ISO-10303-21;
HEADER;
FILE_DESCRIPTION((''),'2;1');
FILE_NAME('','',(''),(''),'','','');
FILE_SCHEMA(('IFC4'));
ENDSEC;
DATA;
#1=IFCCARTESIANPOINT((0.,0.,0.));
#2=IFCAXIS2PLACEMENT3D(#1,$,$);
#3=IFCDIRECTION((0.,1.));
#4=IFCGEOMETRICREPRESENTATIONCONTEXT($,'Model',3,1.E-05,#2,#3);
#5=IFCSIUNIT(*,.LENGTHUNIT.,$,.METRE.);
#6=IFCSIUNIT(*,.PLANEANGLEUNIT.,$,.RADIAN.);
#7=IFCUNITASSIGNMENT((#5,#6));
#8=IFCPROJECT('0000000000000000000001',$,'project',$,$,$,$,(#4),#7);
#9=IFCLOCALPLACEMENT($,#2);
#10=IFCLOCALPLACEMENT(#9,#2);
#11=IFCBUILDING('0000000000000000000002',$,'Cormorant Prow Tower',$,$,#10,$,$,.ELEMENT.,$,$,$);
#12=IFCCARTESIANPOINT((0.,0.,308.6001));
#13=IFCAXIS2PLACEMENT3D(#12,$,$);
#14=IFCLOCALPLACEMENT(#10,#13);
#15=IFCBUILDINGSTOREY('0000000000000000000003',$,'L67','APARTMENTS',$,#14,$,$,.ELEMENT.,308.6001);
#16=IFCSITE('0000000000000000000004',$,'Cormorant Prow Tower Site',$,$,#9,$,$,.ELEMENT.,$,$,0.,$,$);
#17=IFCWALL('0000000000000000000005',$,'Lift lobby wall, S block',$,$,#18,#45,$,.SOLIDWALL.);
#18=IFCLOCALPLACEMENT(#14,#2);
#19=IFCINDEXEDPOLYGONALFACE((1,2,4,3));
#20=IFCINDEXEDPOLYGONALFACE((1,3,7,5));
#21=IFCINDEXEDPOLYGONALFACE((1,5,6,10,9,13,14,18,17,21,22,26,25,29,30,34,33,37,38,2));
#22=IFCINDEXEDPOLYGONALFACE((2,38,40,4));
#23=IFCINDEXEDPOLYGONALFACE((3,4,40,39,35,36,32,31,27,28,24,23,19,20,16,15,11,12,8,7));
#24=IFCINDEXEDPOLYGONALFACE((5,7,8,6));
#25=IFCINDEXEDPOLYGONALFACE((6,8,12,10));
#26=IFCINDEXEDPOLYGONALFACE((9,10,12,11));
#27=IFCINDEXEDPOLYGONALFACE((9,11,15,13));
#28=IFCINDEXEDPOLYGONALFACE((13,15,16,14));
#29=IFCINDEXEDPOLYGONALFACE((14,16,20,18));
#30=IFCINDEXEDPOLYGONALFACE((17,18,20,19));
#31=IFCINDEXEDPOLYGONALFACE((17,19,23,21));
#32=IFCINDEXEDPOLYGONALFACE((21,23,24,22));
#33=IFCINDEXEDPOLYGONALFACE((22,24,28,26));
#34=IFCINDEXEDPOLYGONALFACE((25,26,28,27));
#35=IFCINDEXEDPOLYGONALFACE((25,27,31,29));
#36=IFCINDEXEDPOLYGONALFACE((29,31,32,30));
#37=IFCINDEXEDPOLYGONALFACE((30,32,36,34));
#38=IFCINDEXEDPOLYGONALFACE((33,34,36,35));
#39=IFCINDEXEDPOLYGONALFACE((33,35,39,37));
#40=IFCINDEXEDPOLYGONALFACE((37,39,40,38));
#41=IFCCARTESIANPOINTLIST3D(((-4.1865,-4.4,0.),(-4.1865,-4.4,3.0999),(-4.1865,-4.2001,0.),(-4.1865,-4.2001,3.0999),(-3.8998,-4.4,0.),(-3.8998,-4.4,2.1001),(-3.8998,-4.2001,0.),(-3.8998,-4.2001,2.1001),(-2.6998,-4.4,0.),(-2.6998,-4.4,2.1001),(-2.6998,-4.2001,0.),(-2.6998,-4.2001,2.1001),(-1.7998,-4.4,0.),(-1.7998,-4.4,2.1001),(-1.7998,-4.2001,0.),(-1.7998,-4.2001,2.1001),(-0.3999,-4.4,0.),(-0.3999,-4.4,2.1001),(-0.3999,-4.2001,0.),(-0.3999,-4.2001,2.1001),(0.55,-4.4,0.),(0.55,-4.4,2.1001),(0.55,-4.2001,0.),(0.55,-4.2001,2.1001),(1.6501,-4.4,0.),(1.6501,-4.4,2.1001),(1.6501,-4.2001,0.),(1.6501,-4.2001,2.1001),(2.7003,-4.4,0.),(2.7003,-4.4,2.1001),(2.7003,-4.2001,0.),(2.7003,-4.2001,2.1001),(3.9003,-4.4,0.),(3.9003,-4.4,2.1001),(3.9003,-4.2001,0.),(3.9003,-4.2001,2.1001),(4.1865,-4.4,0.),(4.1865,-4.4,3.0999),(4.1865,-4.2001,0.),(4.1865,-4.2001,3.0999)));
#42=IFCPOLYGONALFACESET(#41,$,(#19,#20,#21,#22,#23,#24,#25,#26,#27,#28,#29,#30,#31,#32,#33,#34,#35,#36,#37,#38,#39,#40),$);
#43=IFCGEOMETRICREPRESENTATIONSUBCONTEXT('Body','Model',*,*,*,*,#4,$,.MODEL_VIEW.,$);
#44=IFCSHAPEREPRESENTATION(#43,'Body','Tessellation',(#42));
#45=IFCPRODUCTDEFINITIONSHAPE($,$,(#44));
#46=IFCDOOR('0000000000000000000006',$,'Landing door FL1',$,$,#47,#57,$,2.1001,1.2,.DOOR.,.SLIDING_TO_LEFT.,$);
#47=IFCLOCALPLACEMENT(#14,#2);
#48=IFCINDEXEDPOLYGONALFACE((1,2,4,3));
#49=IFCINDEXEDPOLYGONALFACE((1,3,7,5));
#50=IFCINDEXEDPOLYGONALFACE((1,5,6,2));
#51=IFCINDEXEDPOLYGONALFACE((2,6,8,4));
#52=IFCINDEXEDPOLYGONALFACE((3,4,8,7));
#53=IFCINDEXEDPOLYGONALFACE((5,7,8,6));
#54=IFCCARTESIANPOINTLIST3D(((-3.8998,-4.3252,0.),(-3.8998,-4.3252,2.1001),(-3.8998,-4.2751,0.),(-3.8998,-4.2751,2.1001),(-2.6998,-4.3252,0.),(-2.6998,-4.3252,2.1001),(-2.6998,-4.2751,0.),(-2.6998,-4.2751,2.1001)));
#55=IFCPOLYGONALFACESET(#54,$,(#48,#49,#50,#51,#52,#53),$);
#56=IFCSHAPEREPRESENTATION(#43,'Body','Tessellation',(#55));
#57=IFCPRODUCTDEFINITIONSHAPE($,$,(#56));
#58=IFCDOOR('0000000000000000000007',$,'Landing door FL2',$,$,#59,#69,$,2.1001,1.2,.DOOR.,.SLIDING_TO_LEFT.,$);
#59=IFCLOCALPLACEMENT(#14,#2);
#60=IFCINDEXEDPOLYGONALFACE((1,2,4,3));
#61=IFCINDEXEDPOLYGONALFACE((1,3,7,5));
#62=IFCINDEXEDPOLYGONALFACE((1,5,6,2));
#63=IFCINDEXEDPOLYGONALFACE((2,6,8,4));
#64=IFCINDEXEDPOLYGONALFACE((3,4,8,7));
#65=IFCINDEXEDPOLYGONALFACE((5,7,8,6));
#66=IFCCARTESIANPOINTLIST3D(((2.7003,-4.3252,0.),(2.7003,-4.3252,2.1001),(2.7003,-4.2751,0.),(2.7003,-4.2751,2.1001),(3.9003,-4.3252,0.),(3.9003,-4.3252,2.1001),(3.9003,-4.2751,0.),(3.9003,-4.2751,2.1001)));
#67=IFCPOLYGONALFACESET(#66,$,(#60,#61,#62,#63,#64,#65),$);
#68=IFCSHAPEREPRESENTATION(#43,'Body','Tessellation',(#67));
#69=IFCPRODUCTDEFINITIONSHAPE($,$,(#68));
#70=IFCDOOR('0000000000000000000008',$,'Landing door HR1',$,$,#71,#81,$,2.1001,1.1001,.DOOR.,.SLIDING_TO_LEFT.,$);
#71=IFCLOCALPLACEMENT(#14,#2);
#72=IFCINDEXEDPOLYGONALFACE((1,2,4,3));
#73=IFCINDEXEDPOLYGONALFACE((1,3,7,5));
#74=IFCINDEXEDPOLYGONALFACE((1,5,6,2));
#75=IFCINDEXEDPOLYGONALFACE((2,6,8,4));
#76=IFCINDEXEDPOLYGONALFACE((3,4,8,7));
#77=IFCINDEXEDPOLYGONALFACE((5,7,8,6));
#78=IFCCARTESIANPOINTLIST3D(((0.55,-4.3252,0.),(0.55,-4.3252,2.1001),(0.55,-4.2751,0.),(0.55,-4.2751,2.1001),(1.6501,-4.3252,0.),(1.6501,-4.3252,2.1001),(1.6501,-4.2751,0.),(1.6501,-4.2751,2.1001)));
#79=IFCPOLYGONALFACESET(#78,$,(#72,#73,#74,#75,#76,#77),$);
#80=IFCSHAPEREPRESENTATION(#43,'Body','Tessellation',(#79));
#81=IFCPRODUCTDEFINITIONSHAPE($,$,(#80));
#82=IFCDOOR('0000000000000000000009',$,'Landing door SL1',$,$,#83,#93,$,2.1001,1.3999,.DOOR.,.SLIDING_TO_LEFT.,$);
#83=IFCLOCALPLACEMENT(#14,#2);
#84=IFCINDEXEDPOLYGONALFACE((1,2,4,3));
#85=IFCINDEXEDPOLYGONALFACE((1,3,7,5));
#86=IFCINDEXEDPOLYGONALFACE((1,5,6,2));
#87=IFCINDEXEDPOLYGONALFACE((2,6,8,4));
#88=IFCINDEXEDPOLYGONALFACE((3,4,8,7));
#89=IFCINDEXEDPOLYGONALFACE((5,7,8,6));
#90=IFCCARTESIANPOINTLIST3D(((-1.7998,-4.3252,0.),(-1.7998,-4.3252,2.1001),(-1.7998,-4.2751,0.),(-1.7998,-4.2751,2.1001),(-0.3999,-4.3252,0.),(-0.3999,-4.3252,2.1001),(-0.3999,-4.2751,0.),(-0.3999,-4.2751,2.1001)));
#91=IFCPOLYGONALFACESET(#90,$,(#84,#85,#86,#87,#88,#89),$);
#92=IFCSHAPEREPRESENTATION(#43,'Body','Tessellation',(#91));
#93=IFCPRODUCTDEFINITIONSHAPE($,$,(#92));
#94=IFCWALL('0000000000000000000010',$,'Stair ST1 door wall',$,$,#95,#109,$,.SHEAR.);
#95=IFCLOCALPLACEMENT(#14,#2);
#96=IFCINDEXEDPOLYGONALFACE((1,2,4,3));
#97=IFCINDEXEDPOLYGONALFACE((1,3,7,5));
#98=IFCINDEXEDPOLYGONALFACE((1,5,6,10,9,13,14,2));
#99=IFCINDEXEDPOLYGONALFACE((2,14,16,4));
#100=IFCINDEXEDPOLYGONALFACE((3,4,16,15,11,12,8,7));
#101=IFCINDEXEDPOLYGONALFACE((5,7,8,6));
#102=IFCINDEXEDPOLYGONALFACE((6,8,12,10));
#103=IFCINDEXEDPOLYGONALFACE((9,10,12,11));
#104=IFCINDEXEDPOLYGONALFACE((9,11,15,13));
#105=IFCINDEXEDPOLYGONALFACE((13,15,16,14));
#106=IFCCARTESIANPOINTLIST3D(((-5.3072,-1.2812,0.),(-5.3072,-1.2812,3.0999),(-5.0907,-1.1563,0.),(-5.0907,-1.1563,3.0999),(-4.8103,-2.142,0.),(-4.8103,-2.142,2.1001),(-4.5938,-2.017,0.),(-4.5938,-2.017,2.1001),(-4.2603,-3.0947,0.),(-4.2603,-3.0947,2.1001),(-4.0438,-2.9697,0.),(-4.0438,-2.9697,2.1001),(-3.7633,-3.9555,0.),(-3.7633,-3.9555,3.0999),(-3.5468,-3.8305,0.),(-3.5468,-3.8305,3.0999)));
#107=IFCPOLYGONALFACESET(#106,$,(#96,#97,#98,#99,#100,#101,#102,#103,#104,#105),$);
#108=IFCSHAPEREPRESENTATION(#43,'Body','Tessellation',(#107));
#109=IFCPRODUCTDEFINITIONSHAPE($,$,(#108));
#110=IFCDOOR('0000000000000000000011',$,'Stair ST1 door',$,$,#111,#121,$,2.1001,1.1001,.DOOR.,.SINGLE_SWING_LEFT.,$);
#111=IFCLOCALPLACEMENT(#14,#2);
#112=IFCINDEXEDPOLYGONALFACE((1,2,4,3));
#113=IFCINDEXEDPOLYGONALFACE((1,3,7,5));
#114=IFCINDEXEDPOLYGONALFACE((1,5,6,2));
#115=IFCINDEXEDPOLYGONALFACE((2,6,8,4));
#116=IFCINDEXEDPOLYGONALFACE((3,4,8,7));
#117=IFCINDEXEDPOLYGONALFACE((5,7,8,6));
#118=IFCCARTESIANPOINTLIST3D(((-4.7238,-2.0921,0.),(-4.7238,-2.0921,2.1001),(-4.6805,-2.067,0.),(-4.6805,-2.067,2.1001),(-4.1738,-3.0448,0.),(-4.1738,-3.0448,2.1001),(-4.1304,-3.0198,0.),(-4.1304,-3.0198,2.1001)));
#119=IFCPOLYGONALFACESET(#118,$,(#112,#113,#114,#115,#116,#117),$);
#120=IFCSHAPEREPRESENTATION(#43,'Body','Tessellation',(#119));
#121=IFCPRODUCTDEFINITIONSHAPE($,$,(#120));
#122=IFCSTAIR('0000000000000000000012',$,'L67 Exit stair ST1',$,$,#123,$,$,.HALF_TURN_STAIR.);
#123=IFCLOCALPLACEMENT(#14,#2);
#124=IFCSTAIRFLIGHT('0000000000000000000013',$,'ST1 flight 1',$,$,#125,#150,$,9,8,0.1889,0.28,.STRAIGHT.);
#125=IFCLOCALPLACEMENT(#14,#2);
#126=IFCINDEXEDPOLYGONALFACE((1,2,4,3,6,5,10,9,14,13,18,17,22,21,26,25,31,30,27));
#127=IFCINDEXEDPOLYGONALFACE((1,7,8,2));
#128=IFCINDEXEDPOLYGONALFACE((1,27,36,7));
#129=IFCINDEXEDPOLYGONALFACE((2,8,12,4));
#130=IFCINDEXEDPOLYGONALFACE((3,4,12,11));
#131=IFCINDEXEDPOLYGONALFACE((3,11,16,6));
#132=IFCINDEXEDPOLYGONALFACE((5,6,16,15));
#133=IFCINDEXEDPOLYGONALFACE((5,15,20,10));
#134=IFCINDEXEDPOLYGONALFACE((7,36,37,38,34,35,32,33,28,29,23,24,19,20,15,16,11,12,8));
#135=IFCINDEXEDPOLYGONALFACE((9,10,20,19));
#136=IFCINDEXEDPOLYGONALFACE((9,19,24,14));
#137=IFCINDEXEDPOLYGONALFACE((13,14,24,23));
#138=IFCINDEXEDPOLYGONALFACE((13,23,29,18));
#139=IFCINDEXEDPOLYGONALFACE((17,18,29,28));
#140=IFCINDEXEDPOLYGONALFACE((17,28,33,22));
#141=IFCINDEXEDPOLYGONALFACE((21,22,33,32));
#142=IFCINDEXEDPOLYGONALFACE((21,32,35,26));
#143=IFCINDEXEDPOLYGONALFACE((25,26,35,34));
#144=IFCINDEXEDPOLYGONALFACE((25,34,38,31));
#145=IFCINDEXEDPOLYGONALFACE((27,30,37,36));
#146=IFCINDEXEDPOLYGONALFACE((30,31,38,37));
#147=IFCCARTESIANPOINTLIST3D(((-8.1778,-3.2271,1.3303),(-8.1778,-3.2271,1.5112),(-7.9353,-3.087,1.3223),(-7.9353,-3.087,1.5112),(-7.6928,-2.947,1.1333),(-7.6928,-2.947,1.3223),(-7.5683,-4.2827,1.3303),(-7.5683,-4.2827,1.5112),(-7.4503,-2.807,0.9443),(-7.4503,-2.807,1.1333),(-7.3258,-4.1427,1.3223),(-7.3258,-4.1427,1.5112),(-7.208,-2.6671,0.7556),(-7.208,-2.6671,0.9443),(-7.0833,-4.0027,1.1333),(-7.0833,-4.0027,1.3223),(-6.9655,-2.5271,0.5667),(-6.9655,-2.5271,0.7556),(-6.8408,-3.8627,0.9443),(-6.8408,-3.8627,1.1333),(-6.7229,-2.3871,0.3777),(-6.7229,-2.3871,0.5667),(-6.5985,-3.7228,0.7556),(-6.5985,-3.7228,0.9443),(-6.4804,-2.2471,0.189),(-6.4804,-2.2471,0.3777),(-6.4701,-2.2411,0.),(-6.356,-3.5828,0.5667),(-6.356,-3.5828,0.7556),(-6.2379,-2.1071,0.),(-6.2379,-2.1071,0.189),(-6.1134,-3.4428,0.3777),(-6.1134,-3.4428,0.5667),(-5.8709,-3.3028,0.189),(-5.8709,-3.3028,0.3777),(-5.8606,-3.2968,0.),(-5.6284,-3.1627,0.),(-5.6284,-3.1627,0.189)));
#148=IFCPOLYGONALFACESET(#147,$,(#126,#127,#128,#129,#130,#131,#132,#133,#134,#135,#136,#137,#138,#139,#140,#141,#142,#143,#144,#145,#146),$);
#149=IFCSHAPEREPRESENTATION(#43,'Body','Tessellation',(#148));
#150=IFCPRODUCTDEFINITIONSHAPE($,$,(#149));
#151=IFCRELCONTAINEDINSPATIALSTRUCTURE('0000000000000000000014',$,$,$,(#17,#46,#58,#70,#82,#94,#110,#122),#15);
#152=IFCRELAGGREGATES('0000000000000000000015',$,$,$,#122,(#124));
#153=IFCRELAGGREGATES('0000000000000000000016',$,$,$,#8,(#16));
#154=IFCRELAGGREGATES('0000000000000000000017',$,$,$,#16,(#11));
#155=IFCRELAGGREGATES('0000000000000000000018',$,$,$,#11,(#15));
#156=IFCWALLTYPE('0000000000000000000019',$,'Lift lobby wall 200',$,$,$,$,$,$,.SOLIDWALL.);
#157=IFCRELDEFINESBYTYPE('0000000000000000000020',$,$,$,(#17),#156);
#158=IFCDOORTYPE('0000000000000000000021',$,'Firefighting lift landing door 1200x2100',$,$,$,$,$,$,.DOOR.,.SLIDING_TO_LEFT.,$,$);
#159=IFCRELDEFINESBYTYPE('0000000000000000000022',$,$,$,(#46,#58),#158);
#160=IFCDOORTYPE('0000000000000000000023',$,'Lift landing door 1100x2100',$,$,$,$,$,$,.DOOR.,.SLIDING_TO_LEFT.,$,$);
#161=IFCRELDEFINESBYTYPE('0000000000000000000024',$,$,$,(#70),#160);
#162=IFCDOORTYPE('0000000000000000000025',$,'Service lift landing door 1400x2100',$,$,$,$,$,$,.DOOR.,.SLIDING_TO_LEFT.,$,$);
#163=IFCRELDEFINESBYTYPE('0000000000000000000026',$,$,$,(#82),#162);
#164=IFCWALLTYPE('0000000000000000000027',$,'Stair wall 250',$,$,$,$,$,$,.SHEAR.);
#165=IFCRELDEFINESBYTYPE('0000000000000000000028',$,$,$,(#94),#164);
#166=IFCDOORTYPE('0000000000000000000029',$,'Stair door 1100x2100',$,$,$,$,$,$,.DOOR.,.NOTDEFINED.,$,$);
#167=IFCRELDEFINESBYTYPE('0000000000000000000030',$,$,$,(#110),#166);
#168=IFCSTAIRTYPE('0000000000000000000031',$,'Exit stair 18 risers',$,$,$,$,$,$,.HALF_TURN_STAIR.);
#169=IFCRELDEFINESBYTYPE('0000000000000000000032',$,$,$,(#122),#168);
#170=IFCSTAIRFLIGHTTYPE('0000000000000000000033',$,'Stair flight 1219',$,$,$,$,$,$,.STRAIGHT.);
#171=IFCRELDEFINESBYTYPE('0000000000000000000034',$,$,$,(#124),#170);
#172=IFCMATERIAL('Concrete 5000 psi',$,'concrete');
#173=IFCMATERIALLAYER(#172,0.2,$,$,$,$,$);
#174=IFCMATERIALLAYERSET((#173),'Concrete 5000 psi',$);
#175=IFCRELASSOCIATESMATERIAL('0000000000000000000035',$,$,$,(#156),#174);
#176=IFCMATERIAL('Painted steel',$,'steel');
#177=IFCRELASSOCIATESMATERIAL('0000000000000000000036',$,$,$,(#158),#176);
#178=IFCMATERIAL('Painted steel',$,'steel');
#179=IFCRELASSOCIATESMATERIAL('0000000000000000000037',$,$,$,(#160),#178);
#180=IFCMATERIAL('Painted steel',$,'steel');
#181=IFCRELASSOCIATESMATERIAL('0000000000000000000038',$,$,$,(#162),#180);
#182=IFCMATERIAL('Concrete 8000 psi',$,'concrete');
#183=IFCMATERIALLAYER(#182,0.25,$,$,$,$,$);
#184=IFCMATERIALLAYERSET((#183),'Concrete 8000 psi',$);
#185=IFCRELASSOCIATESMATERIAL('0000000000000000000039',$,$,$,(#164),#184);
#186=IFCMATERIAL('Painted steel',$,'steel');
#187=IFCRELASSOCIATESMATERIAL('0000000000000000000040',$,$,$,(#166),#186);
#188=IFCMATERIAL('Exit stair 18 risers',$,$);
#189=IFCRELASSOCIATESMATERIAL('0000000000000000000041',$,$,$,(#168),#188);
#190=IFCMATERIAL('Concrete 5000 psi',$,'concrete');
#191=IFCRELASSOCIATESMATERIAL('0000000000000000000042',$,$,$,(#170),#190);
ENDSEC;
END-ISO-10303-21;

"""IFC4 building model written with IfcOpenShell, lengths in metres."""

from ifc_helpers import new_model, si_unit, direction, frame, frame_2d, origin, place, context, subcontext, project, spatial, polyline, rectangle, outline, extrude, material, layer, layer_set, type_object, element, fill, aggregate, save


model = new_model("IFC4")

# Units and contexts
model_context = context("Model", 3, precision=1e-05, world=origin(), true_north=direction((0.0, 1.0)))
body_context = subcontext(model_context, "Body", "Model", "MODEL_VIEW")
ifc_project = project(units=[si_unit("LENGTHUNIT", "METRE"), si_unit("PLANEANGLEUNIT", "RADIAN")], contexts=[model_context])

# Site, building, storey
site_placement = place(None, origin())
site = spatial("IfcSite", under=ifc_project, at=site_placement, Name="Cormorant Prow Tower Site", CompositionType="ELEMENT", RefElevation=0.0)
building_placement = place(site_placement, origin())
building = spatial("IfcBuilding", under=site, at=building_placement, Name="Cormorant Prow Tower", CompositionType="ELEMENT")
storey_placement = place(building_placement, frame((0.0, 0.0, 308.6001)))
storey = spatial("IfcBuildingStorey", under=building, at=storey_placement, Name="L67", Description="APARTMENTS", CompositionType="ELEMENT", Elevation=308.6001)

# Wall, openings, doors
ifc_material_1 = material(Name="Concrete 5000 psi", Category="concrete")
ifc_layer_1 = layer(ifc_material_1, 0.2)
ifc_layer_set_1 = layer_set([ifc_layer_1], Name="Concrete 5000 psi")
wall_type_1 = type_object("IfcWallType", Name="Lift lobby wall 200", PredefinedType="SOLIDWALL", material=ifc_layer_set_1)
wall_1_placement = place(storey_placement, frame((-4.1865, -4.3, 0.0), z_axis=(0.0, 0.0, 1.0), x_axis=(1.0, 0.0, 0.0)))
wall_1 = element("IfcWall", 1, at=wall_1_placement, inside=storey, type_object=wall_type_1, Name="Lift lobby wall, S block", PredefinedType="SOLIDWALL", context=body_context, shape_type="SweptSolid", body=[
    extrude(rectangle(XDim=8.373, YDim=0.2, at=frame_2d((4.1865, 0.0))), origin(), (0.0, 0.0, 1.0), 3.0999),
])
opening_1_placement = place(wall_1_placement, frame((0.2866, 0.0, 0.0)))
opening_1 = element("IfcOpeningElement", 2, at=opening_1_placement, cuts=wall_1, PredefinedType="OPENING", context=body_context, shape_type="SweptSolid", body=[
    extrude(rectangle(XDim=1.2, YDim=2.1001, at=frame_2d((0.6001, 1.05))), frame((0.0, 0.1099, 0.0), z_axis=(0.0, -1.0, 0.0), x_axis=(1.0, 0.0, 0.0)), (0.0, 0.0, 1.0), 0.22),
])
opening_2_placement = place(wall_1_placement, frame((2.3867, 0.0, 0.0)))
opening_2 = element("IfcOpeningElement", 3, at=opening_2_placement, cuts=wall_1, PredefinedType="OPENING", context=body_context, shape_type="SweptSolid", body=[
    extrude(rectangle(XDim=1.3999, YDim=2.1001, at=frame_2d((0.7, 1.05))), frame((0.0, 0.1099, 0.0), z_axis=(0.0, -1.0, 0.0), x_axis=(1.0, 0.0, 0.0)), (0.0, 0.0, 1.0), 0.22),
])
opening_3_placement = place(wall_1_placement, frame((4.7366, 0.0, 0.0)))
opening_3 = element("IfcOpeningElement", 4, at=opening_3_placement, cuts=wall_1, PredefinedType="OPENING", context=body_context, shape_type="SweptSolid", body=[
    extrude(rectangle(XDim=1.1001, YDim=2.1001, at=frame_2d((0.55, 1.05))), frame((0.0, 0.1099, 0.0), z_axis=(0.0, -1.0, 0.0), x_axis=(1.0, 0.0, 0.0)), (0.0, 0.0, 1.0), 0.22),
])
opening_4_placement = place(wall_1_placement, frame((6.8867, 0.0, 0.0)))
opening_4 = element("IfcOpeningElement", 5, at=opening_4_placement, cuts=wall_1, PredefinedType="OPENING", context=body_context, shape_type="SweptSolid", body=[
    extrude(rectangle(XDim=1.2, YDim=2.1001, at=frame_2d((0.6001, 1.05))), frame((0.0, 0.1099, 0.0), z_axis=(0.0, -1.0, 0.0), x_axis=(1.0, 0.0, 0.0)), (0.0, 0.0, 1.0), 0.22),
])
ifc_material_2 = material(Name="Painted steel", Category="steel")
door_type_1 = type_object("IfcDoorType", Name="Firefighting lift landing door 1200x2100", OperationType="SLIDING_TO_LEFT", PredefinedType="DOOR", material=ifc_material_2)
door_1_placement = place(opening_1_placement, origin())
door_1 = element("IfcDoor", 6, at=door_1_placement, inside=storey, type_object=door_type_1, Name="Landing door FL1", OperationType="SLIDING_TO_LEFT", OverallHeight=2.1001, OverallWidth=1.2, PredefinedType="DOOR", context=body_context, shape_type="SweptSolid", body=[
    extrude(rectangle(XDim=1.2, YDim=2.1001, at=frame_2d((0.6001, 1.05))), frame((0.0, 0.0249, 0.0), z_axis=(0.0, -1.0, 0.0), x_axis=(1.0, 0.0, 0.0)), (0.0, 0.0, 1.0), 0.05),
])
fill(opening_1, door_1)
door_2_placement = place(opening_4_placement, origin())
door_2 = element("IfcDoor", 7, at=door_2_placement, inside=storey, type_object=door_type_1, Name="Landing door FL2", OperationType="SLIDING_TO_LEFT", OverallHeight=2.1001, OverallWidth=1.2, PredefinedType="DOOR", context=body_context, shape_type="SweptSolid", body=[
    extrude(rectangle(XDim=1.2, YDim=2.1001, at=frame_2d((0.6001, 1.05))), frame((0.0, 0.0249, 0.0), z_axis=(0.0, -1.0, 0.0), x_axis=(1.0, 0.0, 0.0)), (0.0, 0.0, 1.0), 0.05),
])
fill(opening_4, door_2)
ifc_material_3 = material(Name="Painted steel", Category="steel")
door_type_2 = type_object("IfcDoorType", Name="Lift landing door 1100x2100", OperationType="SLIDING_TO_LEFT", PredefinedType="DOOR", material=ifc_material_3)
door_3_placement = place(opening_3_placement, origin())
door_3 = element("IfcDoor", 8, at=door_3_placement, inside=storey, type_object=door_type_2, Name="Landing door HR1", OperationType="SLIDING_TO_LEFT", OverallHeight=2.1001, OverallWidth=1.1001, PredefinedType="DOOR", context=body_context, shape_type="SweptSolid", body=[
    extrude(rectangle(XDim=1.1001, YDim=2.1001, at=frame_2d((0.55, 1.05))), frame((0.0, 0.0249, 0.0), z_axis=(0.0, -1.0, 0.0), x_axis=(1.0, 0.0, 0.0)), (0.0, 0.0, 1.0), 0.05),
])
fill(opening_3, door_3)
ifc_material_4 = material(Name="Painted steel", Category="steel")
door_type_3 = type_object("IfcDoorType", Name="Service lift landing door 1400x2100", OperationType="SLIDING_TO_LEFT", PredefinedType="DOOR", material=ifc_material_4)
door_4_placement = place(opening_2_placement, origin())
door_4 = element("IfcDoor", 9, at=door_4_placement, inside=storey, type_object=door_type_3, Name="Landing door SL1", OperationType="SLIDING_TO_LEFT", OverallHeight=2.1001, OverallWidth=1.3999, PredefinedType="DOOR", context=body_context, shape_type="SweptSolid", body=[
    extrude(rectangle(XDim=1.3999, YDim=2.1001, at=frame_2d((0.7, 1.05))), frame((0.0, 0.0249, 0.0), z_axis=(0.0, -1.0, 0.0), x_axis=(1.0, 0.0, 0.0)), (0.0, 0.0, 1.0), 0.05),
])
fill(opening_2, door_4)

# Wall, opening, door
ifc_material_5 = material(Name="Concrete 8000 psi", Category="concrete")
ifc_layer_2 = layer(ifc_material_5, 0.25)
ifc_layer_set_2 = layer_set([ifc_layer_2], Name="Concrete 8000 psi")
wall_type_2 = type_object("IfcWallType", Name="Stair wall 250", PredefinedType="SHEAR", material=ifc_layer_set_2)
wall_2_placement = place(storey_placement, frame((-5.199, -1.2188, 0.0), z_axis=(0.0, 0.0, 1.0), x_axis=(0.499983, -0.866035, 0.0)))
wall_2 = element("IfcWall", 10, at=wall_2_placement, inside=storey, type_object=wall_type_2, Name="Stair ST1 door wall", PredefinedType="SHEAR", context=body_context, shape_type="SweptSolid", body=[
    extrude(rectangle(XDim=3.0879, YDim=0.25, at=frame_2d((1.5439, 0.0))), origin(), (0.0, 0.0, 1.0), 3.0999),
])
opening_5_placement = place(wall_2_placement, frame((0.9939, 0.0, 0.0)))
opening_5 = element("IfcOpeningElement", 11, at=opening_5_placement, cuts=wall_2, PredefinedType="OPENING", context=body_context, shape_type="SweptSolid", body=[
    extrude(rectangle(XDim=1.1001, YDim=2.1001, at=frame_2d((0.55, 1.05))), frame((0.0, 0.135, 0.0), z_axis=(0.0, -1.0, 0.0), x_axis=(1.0, 0.0, 0.0)), (0.0, 0.0, 1.0), 0.27),
])
ifc_material_6 = material(Name="Painted steel", Category="steel")
door_type_4 = type_object("IfcDoorType", Name="Stair door 1100x2100", OperationType="NOTDEFINED", PredefinedType="DOOR", material=ifc_material_6)
door_5_placement = place(opening_5_placement, origin())
door_5 = element("IfcDoor", 12, at=door_5_placement, inside=storey, type_object=door_type_4, Name="Stair ST1 door", OperationType="SINGLE_SWING_LEFT", OverallHeight=2.1001, OverallWidth=1.1001, PredefinedType="DOOR", context=body_context, shape_type="SweptSolid", body=[
    extrude(rectangle(XDim=1.1001, YDim=2.1001, at=frame_2d((0.55, 1.05))), frame((0.0, 0.0249, 0.0), z_axis=(0.0, -1.0, 0.0), x_axis=(1.0, 0.0, 0.0)), (0.0, 0.0, 1.0), 0.05),
])
fill(opening_5, door_5)

# Stair, stair flight
ifc_material_7 = material(Name="Exit stair 18 risers")
stair_type = type_object("IfcStairType", Name="Exit stair 18 risers", PredefinedType="HALF_TURN_STAIR", material=ifc_material_7)
stair_placement = place(storey_placement, origin())
stair = element("IfcStair", 13, at=stair_placement, inside=storey, type_object=stair_type, Name="L67 Exit stair ST1", PredefinedType="HALF_TURN_STAIR")
ifc_material_8 = material(Name="Concrete 5000 psi", Category="concrete")
stair_flight_type = type_object("IfcStairFlightType", Name="Stair flight 1219", PredefinedType="STRAIGHT", material=ifc_material_8)
stair_flight_1_placement = place(storey_placement, frame((-5.9331, -2.635, 0.0), z_axis=(0.0, 0.0, 1.0), x_axis=(-0.866025, -0.5, 0.0)))
stair_flight_1 = element("IfcStairFlight", 14, at=stair_flight_1_placement, type_object=stair_flight_type, Name="ST1 flight 1", NumberOfRisers=9, NumberOfTreads=8, PredefinedType="STRAIGHT", RiserHeight=0.1889, TreadLength=0.28, context=body_context, shape_type="SweptSolid", body=[
    extrude(outline(polyline([(0.0, 0.0), (0.0, 0.189), (0.28, 0.189), (0.28, 0.3777), (0.5601, 0.3777), (0.5601, 0.5667), (0.8401, 0.5667), (0.8401, 0.7556), (1.1201, 0.7556), (1.1201, 0.9443), (1.3999, 0.9443), (1.3999, 1.1333), (1.6799, 1.1333), (1.6799, 1.3223), (1.96, 1.3223), (1.96, 1.5112), (2.24, 1.5112), (2.24, 1.7), (2.24, 1.3303), (0.2681, 0.0), (0.0, 0.0)])), frame((0.0, 0.6094, 0.0), z_axis=(0.0, -1.0, 0.0), x_axis=(1.0, 0.0, 0.0)), (0.0, 0.0, 1.0), 1.219),
])
aggregate(stair, [stair_flight_1])

save(model, "model.ifc")
